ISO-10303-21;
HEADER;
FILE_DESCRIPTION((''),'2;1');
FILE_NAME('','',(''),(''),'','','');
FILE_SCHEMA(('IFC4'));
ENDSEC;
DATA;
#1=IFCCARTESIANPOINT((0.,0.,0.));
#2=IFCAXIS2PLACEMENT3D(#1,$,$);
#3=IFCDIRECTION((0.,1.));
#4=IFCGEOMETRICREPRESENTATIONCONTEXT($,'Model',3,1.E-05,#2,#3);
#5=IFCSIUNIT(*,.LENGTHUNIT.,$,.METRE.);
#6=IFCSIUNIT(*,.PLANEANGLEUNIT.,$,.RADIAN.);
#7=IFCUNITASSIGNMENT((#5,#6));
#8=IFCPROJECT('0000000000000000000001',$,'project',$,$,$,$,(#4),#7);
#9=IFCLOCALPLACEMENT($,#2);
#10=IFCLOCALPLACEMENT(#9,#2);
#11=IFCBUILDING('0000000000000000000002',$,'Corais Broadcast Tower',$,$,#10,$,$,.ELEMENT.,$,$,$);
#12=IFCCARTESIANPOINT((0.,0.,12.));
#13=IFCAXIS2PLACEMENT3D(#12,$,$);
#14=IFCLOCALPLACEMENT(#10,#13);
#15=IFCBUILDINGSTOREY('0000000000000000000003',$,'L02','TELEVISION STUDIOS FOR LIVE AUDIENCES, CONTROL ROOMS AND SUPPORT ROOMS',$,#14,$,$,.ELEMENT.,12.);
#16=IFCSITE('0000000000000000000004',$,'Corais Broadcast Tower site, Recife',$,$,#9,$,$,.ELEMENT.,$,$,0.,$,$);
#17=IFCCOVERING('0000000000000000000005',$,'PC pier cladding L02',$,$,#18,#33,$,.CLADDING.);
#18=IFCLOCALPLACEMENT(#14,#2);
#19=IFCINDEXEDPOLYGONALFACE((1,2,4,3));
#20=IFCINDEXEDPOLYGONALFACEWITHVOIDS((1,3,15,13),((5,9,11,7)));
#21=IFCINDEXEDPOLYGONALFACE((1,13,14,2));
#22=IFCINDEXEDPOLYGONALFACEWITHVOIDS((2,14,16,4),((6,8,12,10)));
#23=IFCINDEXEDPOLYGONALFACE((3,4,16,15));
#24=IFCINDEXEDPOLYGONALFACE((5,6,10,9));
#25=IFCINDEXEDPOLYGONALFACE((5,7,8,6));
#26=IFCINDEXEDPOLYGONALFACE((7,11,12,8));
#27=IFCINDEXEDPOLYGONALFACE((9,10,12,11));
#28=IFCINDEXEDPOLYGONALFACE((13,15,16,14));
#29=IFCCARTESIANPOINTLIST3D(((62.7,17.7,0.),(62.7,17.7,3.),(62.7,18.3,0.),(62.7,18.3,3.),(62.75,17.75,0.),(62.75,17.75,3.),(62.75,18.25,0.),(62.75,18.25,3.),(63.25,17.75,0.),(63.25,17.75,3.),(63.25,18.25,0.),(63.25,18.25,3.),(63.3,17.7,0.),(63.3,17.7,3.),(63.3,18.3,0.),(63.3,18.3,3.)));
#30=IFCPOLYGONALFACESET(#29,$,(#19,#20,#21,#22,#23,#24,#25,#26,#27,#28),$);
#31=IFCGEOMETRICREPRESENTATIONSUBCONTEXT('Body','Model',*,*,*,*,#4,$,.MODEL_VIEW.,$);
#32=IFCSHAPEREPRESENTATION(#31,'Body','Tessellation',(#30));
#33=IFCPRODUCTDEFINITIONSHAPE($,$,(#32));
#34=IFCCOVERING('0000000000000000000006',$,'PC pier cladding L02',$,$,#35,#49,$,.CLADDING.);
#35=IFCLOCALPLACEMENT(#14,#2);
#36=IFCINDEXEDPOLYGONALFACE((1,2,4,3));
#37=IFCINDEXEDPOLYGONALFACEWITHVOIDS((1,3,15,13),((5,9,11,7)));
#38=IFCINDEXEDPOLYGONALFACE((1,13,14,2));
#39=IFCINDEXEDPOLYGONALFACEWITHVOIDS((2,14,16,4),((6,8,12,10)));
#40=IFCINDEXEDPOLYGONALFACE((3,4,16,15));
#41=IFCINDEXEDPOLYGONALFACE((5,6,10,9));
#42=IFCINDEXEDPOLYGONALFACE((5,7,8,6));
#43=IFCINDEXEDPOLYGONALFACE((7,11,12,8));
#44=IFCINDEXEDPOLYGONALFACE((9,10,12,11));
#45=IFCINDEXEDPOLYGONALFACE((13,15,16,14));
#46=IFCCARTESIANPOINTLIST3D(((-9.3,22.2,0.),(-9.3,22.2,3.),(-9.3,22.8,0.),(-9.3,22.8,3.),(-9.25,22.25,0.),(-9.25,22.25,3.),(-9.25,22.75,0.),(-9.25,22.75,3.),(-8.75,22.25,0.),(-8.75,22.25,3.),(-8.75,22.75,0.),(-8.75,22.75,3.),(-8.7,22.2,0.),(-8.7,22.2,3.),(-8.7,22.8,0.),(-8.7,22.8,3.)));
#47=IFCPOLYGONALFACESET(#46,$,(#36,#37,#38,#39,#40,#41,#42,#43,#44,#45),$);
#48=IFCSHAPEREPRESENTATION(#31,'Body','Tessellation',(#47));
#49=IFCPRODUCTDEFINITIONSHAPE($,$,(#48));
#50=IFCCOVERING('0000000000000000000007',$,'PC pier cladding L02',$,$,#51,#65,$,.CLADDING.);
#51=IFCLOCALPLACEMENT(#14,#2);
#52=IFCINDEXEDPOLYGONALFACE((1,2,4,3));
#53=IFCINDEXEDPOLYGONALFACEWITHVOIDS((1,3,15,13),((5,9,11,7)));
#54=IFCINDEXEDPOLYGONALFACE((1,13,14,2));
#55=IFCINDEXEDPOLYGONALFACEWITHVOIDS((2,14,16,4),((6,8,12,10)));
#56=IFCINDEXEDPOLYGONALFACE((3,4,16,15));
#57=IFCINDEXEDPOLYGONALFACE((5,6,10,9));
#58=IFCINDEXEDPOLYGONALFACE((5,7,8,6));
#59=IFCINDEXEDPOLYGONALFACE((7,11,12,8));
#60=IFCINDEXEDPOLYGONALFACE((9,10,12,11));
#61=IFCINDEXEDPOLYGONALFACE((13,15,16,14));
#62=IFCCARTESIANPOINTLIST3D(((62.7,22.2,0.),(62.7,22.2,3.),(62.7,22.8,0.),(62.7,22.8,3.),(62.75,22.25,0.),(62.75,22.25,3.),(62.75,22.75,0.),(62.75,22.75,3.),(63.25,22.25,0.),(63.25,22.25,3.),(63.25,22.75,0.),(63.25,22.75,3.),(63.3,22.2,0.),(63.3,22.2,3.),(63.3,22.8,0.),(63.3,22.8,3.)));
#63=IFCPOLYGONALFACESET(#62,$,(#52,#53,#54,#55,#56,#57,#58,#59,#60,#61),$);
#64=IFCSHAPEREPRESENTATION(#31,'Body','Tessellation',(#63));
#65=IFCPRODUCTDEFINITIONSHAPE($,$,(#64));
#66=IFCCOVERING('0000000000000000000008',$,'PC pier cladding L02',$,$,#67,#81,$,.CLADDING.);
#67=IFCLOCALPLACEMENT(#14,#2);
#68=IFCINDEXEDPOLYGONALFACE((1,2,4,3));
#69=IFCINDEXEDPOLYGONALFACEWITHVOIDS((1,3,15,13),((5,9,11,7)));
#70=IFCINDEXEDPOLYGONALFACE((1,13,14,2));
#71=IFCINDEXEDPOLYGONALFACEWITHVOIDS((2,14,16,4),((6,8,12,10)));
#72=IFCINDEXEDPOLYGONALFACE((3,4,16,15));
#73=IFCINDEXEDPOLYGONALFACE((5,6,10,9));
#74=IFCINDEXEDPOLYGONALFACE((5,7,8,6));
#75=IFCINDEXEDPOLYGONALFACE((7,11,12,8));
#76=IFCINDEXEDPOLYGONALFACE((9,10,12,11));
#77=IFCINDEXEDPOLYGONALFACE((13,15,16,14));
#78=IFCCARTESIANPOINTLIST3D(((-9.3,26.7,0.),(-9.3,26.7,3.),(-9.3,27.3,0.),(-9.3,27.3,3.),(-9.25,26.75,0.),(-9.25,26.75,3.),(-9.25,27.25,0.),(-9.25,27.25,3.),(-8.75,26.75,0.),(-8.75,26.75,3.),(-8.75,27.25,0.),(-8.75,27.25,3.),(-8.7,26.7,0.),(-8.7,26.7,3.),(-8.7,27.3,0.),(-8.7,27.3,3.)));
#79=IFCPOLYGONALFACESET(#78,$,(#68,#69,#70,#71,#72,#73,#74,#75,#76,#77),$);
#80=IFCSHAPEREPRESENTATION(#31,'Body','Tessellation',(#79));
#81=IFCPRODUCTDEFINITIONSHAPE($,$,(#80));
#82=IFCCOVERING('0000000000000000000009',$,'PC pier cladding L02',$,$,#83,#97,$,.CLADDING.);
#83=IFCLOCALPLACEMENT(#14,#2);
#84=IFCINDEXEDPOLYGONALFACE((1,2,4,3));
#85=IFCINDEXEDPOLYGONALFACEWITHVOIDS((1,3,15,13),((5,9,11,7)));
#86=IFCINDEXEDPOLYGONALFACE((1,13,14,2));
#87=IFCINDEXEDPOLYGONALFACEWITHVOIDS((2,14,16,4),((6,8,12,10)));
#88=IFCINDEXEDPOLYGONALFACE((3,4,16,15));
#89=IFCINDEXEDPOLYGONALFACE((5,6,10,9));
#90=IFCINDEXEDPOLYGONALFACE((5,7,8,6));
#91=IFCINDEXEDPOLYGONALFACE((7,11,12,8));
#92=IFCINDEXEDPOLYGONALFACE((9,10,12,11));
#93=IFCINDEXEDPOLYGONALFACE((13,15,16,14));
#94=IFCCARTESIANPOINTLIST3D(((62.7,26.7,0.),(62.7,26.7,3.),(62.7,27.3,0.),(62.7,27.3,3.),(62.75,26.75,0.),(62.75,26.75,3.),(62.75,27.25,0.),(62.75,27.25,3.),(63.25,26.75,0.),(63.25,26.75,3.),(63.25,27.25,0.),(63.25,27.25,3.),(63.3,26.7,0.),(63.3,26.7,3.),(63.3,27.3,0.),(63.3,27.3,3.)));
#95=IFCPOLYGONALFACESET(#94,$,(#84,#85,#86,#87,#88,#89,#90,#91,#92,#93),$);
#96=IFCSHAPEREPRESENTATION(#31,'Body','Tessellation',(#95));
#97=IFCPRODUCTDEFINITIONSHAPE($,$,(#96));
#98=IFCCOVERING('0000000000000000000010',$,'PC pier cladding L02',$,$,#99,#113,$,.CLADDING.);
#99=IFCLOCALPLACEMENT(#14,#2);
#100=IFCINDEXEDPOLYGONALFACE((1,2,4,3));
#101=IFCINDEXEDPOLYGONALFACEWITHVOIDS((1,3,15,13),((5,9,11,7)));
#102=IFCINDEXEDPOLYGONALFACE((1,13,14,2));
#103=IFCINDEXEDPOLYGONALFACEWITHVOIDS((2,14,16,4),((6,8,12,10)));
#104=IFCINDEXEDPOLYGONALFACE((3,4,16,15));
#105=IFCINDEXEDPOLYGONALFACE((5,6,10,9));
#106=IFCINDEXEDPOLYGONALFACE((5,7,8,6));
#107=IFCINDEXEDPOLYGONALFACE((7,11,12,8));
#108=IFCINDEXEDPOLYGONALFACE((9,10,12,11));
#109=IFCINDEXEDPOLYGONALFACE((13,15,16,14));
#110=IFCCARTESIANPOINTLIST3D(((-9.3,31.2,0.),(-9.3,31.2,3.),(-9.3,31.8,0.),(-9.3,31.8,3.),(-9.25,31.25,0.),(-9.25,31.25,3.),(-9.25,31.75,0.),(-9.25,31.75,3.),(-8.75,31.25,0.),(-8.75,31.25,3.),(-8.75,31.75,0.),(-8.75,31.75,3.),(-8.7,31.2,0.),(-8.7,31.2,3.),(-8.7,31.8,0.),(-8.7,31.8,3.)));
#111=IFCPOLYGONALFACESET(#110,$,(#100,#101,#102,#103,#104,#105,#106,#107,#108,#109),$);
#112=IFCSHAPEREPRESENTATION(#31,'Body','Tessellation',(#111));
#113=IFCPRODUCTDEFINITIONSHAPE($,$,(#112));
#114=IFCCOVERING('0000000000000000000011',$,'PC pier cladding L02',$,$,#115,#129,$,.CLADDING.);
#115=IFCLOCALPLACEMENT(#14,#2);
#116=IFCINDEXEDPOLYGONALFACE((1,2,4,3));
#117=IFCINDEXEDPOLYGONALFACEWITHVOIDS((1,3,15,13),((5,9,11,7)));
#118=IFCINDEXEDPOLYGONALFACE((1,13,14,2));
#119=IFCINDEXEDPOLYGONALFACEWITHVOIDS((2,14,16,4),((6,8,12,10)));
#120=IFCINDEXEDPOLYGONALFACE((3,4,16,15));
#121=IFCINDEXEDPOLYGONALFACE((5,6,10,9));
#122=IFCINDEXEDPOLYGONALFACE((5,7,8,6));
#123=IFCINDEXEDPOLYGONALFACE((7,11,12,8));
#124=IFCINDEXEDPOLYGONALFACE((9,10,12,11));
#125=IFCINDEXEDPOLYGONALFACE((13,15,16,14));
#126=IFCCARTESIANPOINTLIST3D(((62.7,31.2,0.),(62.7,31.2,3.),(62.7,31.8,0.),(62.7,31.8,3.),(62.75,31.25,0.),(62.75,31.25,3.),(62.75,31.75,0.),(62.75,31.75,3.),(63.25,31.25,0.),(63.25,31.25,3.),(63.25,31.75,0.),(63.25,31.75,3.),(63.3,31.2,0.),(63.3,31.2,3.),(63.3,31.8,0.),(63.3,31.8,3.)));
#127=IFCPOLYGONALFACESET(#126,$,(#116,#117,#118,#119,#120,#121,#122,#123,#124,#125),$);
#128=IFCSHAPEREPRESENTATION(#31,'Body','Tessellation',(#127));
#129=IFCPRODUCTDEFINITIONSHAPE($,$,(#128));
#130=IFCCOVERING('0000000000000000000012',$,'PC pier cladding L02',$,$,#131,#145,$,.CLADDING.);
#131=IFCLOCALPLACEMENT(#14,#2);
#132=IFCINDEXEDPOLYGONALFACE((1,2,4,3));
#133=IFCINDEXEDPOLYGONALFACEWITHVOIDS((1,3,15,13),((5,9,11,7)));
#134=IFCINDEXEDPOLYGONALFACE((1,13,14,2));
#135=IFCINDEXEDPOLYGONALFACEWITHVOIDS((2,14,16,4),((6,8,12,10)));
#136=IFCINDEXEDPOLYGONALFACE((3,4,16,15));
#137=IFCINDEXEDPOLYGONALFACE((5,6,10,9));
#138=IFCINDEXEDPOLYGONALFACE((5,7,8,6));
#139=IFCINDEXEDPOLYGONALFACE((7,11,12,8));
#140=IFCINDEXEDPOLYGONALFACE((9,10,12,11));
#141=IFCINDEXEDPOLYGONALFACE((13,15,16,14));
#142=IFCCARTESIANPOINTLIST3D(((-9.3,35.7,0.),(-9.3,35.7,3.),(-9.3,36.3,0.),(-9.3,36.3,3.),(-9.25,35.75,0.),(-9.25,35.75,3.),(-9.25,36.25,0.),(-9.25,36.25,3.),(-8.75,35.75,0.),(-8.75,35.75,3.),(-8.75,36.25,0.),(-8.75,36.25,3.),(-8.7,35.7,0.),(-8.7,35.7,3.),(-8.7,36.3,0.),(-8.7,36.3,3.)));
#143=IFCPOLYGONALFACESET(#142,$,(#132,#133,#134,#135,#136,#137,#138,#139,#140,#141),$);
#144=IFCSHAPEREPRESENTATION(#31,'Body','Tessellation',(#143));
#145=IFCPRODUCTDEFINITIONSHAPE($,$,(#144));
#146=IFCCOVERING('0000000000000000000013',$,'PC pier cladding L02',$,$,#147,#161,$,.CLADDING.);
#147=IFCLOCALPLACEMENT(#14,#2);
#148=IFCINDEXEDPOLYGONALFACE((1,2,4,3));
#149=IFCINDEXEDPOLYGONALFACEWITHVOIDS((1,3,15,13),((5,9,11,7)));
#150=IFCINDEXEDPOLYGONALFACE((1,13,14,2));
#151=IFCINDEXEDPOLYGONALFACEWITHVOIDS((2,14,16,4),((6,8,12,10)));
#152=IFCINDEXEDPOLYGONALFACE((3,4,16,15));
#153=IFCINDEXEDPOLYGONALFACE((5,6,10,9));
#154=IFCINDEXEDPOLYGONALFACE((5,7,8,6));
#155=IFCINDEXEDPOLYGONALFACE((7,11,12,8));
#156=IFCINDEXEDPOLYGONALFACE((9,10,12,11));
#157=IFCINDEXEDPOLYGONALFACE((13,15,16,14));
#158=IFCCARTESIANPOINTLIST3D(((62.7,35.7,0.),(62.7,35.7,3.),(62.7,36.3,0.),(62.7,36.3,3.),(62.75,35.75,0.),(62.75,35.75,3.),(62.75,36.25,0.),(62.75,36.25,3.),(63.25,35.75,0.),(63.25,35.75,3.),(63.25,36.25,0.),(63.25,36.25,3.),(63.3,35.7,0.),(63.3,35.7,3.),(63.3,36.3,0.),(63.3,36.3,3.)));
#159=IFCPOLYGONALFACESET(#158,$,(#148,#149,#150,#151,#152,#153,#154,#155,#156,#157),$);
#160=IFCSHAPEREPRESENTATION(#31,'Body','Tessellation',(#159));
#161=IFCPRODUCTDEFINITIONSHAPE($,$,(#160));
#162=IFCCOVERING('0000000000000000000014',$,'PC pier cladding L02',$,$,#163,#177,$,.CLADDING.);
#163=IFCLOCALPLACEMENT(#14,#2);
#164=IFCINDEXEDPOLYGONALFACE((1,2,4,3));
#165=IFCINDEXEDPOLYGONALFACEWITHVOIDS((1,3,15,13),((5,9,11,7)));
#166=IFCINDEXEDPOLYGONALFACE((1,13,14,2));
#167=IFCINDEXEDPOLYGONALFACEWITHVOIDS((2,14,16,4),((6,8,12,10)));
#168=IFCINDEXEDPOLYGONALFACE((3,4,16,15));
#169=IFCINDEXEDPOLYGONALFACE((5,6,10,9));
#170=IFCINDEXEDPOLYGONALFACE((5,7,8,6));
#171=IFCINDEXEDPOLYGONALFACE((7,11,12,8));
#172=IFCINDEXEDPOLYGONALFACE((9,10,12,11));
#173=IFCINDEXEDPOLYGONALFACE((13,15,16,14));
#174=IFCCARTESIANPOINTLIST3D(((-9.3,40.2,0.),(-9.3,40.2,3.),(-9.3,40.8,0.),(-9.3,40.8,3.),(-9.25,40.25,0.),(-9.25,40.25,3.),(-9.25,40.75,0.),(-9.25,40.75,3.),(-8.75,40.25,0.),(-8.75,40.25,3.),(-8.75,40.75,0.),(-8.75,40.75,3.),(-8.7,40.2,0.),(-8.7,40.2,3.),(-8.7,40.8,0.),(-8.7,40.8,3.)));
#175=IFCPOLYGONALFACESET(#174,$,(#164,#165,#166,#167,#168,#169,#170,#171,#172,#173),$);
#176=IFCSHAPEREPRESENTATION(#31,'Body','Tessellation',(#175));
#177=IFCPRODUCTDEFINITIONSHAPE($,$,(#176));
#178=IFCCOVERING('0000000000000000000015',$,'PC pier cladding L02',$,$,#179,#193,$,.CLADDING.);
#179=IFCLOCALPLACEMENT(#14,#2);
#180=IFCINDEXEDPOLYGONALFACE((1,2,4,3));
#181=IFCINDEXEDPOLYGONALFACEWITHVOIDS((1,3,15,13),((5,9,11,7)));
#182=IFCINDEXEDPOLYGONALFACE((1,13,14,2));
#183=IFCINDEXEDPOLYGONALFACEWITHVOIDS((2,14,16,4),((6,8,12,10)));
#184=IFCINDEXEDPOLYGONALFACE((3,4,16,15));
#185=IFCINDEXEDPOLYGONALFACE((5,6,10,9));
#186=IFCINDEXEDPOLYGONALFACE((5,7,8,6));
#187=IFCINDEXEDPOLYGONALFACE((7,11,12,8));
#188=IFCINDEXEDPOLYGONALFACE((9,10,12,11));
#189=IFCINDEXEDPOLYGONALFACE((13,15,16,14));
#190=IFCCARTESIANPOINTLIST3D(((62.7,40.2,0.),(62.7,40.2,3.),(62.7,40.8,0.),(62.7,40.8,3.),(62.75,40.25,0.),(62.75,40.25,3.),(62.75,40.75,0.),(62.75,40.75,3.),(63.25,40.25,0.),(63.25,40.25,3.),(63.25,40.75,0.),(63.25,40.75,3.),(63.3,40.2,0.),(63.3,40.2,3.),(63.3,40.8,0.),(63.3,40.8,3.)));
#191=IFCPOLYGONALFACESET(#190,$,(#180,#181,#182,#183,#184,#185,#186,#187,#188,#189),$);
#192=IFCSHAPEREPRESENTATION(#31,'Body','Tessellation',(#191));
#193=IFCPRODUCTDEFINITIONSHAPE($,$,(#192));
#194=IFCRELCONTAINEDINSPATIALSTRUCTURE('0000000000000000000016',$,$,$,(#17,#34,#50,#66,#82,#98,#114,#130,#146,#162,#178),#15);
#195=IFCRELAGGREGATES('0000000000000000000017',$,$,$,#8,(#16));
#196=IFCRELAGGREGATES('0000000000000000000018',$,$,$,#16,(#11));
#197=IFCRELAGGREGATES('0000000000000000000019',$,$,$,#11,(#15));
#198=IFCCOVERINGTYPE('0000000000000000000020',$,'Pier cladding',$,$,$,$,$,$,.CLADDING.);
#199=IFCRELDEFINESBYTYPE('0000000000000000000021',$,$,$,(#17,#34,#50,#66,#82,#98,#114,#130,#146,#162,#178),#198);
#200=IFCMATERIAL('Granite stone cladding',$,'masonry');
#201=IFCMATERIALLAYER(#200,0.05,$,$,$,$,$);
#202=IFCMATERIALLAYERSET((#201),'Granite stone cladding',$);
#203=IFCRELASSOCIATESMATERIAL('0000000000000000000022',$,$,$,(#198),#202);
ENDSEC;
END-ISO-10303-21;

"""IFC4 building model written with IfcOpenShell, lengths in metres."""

from ifc_helpers import new_model, si_unit, direction, frame, origin, place, context, subcontext, project, spatial, polyline, outline, extrude, material, layer, layer_set, type_object, element, save


model = new_model("IFC4")

# Units and contexts
model_context = context("Model", 3, precision=1e-05, world=origin(), true_north=direction((0.0, 1.0)))
body_context = subcontext(model_context, "Body", "Model", "MODEL_VIEW")
ifc_project = project(units=[si_unit("LENGTHUNIT", "METRE"), si_unit("PLANEANGLEUNIT", "RADIAN")], contexts=[model_context])

# Site, building, storey
site_placement = place(None, origin())
site = spatial("IfcSite", under=ifc_project, at=site_placement, Name="Corais Broadcast Tower site, Recife", CompositionType="ELEMENT", RefElevation=0.0)
building_placement = place(site_placement, origin())
building = spatial("IfcBuilding", under=site, at=building_placement, Name="Corais Broadcast Tower", CompositionType="ELEMENT")
storey_placement = place(building_placement, frame((0.0, 0.0, 12.0)))
storey = spatial("IfcBuildingStorey", under=building, at=storey_placement, Name="L02", Description="TELEVISION STUDIOS FOR LIVE AUDIENCES, CONTROL ROOMS AND SUPPORT ROOMS", CompositionType="ELEMENT", Elevation=12.0)

# Coverings
ifc_material_1 = material(Name="Granite stone cladding", Category="masonry")
ifc_layer_1 = layer(ifc_material_1, 0.05)
ifc_layer_set_1 = layer_set([ifc_layer_1], Name="Granite stone cladding")
covering_type = type_object("IfcCoveringType", Name="Pier cladding", PredefinedType="CLADDING", material=ifc_layer_set_1)
covering_1_placement = place(storey_placement, origin())
element("IfcCovering", 1, at=covering_1_placement, inside=storey, type_object=covering_type, Name="PC pier cladding L02", PredefinedType="CLADDING", context=body_context, shape_type="SweptSolid", body=[
    extrude(outline(polyline([(62.7, 17.7), (63.3, 17.7), (63.3, 18.3), (62.7, 18.3), (62.7, 17.7)]), holes=[polyline([(62.75, 17.75), (63.25, 17.75), (63.25, 18.25), (62.75, 18.25), (62.75, 17.75)])]), origin(), (0.0, 0.0, 1.0), 3.0),
])
covering_2_placement = place(storey_placement, origin())
element("IfcCovering", 2, at=covering_2_placement, inside=storey, type_object=covering_type, Name="PC pier cladding L02", PredefinedType="CLADDING", context=body_context, shape_type="SweptSolid", body=[
    extrude(outline(polyline([(-9.3, 22.2), (-8.7, 22.2), (-8.7, 22.8), (-9.3, 22.8), (-9.3, 22.2)]), holes=[polyline([(-9.25, 22.25), (-8.75, 22.25), (-8.75, 22.75), (-9.25, 22.75), (-9.25, 22.25)])]), origin(), (0.0, 0.0, 1.0), 3.0),
])
covering_3_placement = place(storey_placement, origin())
element("IfcCovering", 3, at=covering_3_placement, inside=storey, type_object=covering_type, Name="PC pier cladding L02", PredefinedType="CLADDING", context=body_context, shape_type="SweptSolid", body=[
    extrude(outline(polyline([(62.7, 22.2), (63.3, 22.2), (63.3, 22.8), (62.7, 22.8), (62.7, 22.2)]), holes=[polyline([(62.75, 22.25), (63.25, 22.25), (63.25, 22.75), (62.75, 22.75), (62.75, 22.25)])]), origin(), (0.0, 0.0, 1.0), 3.0),
])
covering_4_placement = place(storey_placement, origin())
element("IfcCovering", 4, at=covering_4_placement, inside=storey, type_object=covering_type, Name="PC pier cladding L02", PredefinedType="CLADDING", context=body_context, shape_type="SweptSolid", body=[
    extrude(outline(polyline([(-9.3, 26.7), (-8.7, 26.7), (-8.7, 27.3), (-9.3, 27.3), (-9.3, 26.7)]), holes=[polyline([(-9.25, 26.75), (-8.75, 26.75), (-8.75, 27.25), (-9.25, 27.25), (-9.25, 26.75)])]), origin(), (0.0, 0.0, 1.0), 3.0),
])
covering_5_placement = place(storey_placement, origin())
element("IfcCovering", 5, at=covering_5_placement, inside=storey, type_object=covering_type, Name="PC pier cladding L02", PredefinedType="CLADDING", context=body_context, shape_type="SweptSolid", body=[
    extrude(outline(polyline([(62.7, 26.7), (63.3, 26.7), (63.3, 27.3), (62.7, 27.3), (62.7, 26.7)]), holes=[polyline([(62.75, 26.75), (63.25, 26.75), (63.25, 27.25), (62.75, 27.25), (62.75, 26.75)])]), origin(), (0.0, 0.0, 1.0), 3.0),
])
covering_6_placement = place(storey_placement, origin())
element("IfcCovering", 6, at=covering_6_placement, inside=storey, type_object=covering_type, Name="PC pier cladding L02", PredefinedType="CLADDING", context=body_context, shape_type="SweptSolid", body=[
    extrude(outline(polyline([(-9.3, 31.2), (-8.7, 31.2), (-8.7, 31.8), (-9.3, 31.8), (-9.3, 31.2)]), holes=[polyline([(-9.25, 31.25), (-8.75, 31.25), (-8.75, 31.75), (-9.25, 31.75), (-9.25, 31.25)])]), origin(), (0.0, 0.0, 1.0), 3.0),
])
covering_7_placement = place(storey_placement, origin())
element("IfcCovering", 7, at=covering_7_placement, inside=storey, type_object=covering_type, Name="PC pier cladding L02", PredefinedType="CLADDING", context=body_context, shape_type="SweptSolid", body=[
    extrude(outline(polyline([(62.7, 31.2), (63.3, 31.2), (63.3, 31.8), (62.7, 31.8), (62.7, 31.2)]), holes=[polyline([(62.75, 31.25), (63.25, 31.25), (63.25, 31.75), (62.75, 31.75), (62.75, 31.25)])]), origin(), (0.0, 0.0, 1.0), 3.0),
])
covering_8_placement = place(storey_placement, origin())
element("IfcCovering", 8, at=covering_8_placement, inside=storey, type_object=covering_type, Name="PC pier cladding L02", PredefinedType="CLADDING", context=body_context, shape_type="SweptSolid", body=[
    extrude(outline(polyline([(-9.3, 35.7), (-8.7, 35.7), (-8.7, 36.3), (-9.3, 36.3), (-9.3, 35.7)]), holes=[polyline([(-9.25, 35.75), (-8.75, 35.75), (-8.75, 36.25), (-9.25, 36.25), (-9.25, 35.75)])]), origin(), (0.0, 0.0, 1.0), 3.0),
])
covering_9_placement = place(storey_placement, origin())
element("IfcCovering", 9, at=covering_9_placement, inside=storey, type_object=covering_type, Name="PC pier cladding L02", PredefinedType="CLADDING", context=body_context, shape_type="SweptSolid", body=[
    extrude(outline(polyline([(62.7, 35.7), (63.3, 35.7), (63.3, 36.3), (62.7, 36.3), (62.7, 35.7)]), holes=[polyline([(62.75, 35.75), (63.25, 35.75), (63.25, 36.25), (62.75, 36.25), (62.75, 35.75)])]), origin(), (0.0, 0.0, 1.0), 3.0),
])
covering_10_placement = place(storey_placement, origin())
element("IfcCovering", 10, at=covering_10_placement, inside=storey, type_object=covering_type, Name="PC pier cladding L02", PredefinedType="CLADDING", context=body_context, shape_type="SweptSolid", body=[
    extrude(outline(polyline([(-9.3, 40.2), (-8.7, 40.2), (-8.7, 40.8), (-9.3, 40.8), (-9.3, 40.2)]), holes=[polyline([(-9.25, 40.25), (-8.75, 40.25), (-8.75, 40.75), (-9.25, 40.75), (-9.25, 40.25)])]), origin(), (0.0, 0.0, 1.0), 3.0),
])
covering_11_placement = place(storey_placement, origin())
element("IfcCovering", 11, at=covering_11_placement, inside=storey, type_object=covering_type, Name="PC pier cladding L02", PredefinedType="CLADDING", context=body_context, shape_type="SweptSolid", body=[
    extrude(outline(polyline([(62.7, 40.2), (63.3, 40.2), (63.3, 40.8), (62.7, 40.8), (62.7, 40.2)]), holes=[polyline([(62.75, 40.25), (63.25, 40.25), (63.25, 40.75), (62.75, 40.75), (62.75, 40.25)])]), origin(), (0.0, 0.0, 1.0), 3.0),
])

save(model, "model.ifc")
